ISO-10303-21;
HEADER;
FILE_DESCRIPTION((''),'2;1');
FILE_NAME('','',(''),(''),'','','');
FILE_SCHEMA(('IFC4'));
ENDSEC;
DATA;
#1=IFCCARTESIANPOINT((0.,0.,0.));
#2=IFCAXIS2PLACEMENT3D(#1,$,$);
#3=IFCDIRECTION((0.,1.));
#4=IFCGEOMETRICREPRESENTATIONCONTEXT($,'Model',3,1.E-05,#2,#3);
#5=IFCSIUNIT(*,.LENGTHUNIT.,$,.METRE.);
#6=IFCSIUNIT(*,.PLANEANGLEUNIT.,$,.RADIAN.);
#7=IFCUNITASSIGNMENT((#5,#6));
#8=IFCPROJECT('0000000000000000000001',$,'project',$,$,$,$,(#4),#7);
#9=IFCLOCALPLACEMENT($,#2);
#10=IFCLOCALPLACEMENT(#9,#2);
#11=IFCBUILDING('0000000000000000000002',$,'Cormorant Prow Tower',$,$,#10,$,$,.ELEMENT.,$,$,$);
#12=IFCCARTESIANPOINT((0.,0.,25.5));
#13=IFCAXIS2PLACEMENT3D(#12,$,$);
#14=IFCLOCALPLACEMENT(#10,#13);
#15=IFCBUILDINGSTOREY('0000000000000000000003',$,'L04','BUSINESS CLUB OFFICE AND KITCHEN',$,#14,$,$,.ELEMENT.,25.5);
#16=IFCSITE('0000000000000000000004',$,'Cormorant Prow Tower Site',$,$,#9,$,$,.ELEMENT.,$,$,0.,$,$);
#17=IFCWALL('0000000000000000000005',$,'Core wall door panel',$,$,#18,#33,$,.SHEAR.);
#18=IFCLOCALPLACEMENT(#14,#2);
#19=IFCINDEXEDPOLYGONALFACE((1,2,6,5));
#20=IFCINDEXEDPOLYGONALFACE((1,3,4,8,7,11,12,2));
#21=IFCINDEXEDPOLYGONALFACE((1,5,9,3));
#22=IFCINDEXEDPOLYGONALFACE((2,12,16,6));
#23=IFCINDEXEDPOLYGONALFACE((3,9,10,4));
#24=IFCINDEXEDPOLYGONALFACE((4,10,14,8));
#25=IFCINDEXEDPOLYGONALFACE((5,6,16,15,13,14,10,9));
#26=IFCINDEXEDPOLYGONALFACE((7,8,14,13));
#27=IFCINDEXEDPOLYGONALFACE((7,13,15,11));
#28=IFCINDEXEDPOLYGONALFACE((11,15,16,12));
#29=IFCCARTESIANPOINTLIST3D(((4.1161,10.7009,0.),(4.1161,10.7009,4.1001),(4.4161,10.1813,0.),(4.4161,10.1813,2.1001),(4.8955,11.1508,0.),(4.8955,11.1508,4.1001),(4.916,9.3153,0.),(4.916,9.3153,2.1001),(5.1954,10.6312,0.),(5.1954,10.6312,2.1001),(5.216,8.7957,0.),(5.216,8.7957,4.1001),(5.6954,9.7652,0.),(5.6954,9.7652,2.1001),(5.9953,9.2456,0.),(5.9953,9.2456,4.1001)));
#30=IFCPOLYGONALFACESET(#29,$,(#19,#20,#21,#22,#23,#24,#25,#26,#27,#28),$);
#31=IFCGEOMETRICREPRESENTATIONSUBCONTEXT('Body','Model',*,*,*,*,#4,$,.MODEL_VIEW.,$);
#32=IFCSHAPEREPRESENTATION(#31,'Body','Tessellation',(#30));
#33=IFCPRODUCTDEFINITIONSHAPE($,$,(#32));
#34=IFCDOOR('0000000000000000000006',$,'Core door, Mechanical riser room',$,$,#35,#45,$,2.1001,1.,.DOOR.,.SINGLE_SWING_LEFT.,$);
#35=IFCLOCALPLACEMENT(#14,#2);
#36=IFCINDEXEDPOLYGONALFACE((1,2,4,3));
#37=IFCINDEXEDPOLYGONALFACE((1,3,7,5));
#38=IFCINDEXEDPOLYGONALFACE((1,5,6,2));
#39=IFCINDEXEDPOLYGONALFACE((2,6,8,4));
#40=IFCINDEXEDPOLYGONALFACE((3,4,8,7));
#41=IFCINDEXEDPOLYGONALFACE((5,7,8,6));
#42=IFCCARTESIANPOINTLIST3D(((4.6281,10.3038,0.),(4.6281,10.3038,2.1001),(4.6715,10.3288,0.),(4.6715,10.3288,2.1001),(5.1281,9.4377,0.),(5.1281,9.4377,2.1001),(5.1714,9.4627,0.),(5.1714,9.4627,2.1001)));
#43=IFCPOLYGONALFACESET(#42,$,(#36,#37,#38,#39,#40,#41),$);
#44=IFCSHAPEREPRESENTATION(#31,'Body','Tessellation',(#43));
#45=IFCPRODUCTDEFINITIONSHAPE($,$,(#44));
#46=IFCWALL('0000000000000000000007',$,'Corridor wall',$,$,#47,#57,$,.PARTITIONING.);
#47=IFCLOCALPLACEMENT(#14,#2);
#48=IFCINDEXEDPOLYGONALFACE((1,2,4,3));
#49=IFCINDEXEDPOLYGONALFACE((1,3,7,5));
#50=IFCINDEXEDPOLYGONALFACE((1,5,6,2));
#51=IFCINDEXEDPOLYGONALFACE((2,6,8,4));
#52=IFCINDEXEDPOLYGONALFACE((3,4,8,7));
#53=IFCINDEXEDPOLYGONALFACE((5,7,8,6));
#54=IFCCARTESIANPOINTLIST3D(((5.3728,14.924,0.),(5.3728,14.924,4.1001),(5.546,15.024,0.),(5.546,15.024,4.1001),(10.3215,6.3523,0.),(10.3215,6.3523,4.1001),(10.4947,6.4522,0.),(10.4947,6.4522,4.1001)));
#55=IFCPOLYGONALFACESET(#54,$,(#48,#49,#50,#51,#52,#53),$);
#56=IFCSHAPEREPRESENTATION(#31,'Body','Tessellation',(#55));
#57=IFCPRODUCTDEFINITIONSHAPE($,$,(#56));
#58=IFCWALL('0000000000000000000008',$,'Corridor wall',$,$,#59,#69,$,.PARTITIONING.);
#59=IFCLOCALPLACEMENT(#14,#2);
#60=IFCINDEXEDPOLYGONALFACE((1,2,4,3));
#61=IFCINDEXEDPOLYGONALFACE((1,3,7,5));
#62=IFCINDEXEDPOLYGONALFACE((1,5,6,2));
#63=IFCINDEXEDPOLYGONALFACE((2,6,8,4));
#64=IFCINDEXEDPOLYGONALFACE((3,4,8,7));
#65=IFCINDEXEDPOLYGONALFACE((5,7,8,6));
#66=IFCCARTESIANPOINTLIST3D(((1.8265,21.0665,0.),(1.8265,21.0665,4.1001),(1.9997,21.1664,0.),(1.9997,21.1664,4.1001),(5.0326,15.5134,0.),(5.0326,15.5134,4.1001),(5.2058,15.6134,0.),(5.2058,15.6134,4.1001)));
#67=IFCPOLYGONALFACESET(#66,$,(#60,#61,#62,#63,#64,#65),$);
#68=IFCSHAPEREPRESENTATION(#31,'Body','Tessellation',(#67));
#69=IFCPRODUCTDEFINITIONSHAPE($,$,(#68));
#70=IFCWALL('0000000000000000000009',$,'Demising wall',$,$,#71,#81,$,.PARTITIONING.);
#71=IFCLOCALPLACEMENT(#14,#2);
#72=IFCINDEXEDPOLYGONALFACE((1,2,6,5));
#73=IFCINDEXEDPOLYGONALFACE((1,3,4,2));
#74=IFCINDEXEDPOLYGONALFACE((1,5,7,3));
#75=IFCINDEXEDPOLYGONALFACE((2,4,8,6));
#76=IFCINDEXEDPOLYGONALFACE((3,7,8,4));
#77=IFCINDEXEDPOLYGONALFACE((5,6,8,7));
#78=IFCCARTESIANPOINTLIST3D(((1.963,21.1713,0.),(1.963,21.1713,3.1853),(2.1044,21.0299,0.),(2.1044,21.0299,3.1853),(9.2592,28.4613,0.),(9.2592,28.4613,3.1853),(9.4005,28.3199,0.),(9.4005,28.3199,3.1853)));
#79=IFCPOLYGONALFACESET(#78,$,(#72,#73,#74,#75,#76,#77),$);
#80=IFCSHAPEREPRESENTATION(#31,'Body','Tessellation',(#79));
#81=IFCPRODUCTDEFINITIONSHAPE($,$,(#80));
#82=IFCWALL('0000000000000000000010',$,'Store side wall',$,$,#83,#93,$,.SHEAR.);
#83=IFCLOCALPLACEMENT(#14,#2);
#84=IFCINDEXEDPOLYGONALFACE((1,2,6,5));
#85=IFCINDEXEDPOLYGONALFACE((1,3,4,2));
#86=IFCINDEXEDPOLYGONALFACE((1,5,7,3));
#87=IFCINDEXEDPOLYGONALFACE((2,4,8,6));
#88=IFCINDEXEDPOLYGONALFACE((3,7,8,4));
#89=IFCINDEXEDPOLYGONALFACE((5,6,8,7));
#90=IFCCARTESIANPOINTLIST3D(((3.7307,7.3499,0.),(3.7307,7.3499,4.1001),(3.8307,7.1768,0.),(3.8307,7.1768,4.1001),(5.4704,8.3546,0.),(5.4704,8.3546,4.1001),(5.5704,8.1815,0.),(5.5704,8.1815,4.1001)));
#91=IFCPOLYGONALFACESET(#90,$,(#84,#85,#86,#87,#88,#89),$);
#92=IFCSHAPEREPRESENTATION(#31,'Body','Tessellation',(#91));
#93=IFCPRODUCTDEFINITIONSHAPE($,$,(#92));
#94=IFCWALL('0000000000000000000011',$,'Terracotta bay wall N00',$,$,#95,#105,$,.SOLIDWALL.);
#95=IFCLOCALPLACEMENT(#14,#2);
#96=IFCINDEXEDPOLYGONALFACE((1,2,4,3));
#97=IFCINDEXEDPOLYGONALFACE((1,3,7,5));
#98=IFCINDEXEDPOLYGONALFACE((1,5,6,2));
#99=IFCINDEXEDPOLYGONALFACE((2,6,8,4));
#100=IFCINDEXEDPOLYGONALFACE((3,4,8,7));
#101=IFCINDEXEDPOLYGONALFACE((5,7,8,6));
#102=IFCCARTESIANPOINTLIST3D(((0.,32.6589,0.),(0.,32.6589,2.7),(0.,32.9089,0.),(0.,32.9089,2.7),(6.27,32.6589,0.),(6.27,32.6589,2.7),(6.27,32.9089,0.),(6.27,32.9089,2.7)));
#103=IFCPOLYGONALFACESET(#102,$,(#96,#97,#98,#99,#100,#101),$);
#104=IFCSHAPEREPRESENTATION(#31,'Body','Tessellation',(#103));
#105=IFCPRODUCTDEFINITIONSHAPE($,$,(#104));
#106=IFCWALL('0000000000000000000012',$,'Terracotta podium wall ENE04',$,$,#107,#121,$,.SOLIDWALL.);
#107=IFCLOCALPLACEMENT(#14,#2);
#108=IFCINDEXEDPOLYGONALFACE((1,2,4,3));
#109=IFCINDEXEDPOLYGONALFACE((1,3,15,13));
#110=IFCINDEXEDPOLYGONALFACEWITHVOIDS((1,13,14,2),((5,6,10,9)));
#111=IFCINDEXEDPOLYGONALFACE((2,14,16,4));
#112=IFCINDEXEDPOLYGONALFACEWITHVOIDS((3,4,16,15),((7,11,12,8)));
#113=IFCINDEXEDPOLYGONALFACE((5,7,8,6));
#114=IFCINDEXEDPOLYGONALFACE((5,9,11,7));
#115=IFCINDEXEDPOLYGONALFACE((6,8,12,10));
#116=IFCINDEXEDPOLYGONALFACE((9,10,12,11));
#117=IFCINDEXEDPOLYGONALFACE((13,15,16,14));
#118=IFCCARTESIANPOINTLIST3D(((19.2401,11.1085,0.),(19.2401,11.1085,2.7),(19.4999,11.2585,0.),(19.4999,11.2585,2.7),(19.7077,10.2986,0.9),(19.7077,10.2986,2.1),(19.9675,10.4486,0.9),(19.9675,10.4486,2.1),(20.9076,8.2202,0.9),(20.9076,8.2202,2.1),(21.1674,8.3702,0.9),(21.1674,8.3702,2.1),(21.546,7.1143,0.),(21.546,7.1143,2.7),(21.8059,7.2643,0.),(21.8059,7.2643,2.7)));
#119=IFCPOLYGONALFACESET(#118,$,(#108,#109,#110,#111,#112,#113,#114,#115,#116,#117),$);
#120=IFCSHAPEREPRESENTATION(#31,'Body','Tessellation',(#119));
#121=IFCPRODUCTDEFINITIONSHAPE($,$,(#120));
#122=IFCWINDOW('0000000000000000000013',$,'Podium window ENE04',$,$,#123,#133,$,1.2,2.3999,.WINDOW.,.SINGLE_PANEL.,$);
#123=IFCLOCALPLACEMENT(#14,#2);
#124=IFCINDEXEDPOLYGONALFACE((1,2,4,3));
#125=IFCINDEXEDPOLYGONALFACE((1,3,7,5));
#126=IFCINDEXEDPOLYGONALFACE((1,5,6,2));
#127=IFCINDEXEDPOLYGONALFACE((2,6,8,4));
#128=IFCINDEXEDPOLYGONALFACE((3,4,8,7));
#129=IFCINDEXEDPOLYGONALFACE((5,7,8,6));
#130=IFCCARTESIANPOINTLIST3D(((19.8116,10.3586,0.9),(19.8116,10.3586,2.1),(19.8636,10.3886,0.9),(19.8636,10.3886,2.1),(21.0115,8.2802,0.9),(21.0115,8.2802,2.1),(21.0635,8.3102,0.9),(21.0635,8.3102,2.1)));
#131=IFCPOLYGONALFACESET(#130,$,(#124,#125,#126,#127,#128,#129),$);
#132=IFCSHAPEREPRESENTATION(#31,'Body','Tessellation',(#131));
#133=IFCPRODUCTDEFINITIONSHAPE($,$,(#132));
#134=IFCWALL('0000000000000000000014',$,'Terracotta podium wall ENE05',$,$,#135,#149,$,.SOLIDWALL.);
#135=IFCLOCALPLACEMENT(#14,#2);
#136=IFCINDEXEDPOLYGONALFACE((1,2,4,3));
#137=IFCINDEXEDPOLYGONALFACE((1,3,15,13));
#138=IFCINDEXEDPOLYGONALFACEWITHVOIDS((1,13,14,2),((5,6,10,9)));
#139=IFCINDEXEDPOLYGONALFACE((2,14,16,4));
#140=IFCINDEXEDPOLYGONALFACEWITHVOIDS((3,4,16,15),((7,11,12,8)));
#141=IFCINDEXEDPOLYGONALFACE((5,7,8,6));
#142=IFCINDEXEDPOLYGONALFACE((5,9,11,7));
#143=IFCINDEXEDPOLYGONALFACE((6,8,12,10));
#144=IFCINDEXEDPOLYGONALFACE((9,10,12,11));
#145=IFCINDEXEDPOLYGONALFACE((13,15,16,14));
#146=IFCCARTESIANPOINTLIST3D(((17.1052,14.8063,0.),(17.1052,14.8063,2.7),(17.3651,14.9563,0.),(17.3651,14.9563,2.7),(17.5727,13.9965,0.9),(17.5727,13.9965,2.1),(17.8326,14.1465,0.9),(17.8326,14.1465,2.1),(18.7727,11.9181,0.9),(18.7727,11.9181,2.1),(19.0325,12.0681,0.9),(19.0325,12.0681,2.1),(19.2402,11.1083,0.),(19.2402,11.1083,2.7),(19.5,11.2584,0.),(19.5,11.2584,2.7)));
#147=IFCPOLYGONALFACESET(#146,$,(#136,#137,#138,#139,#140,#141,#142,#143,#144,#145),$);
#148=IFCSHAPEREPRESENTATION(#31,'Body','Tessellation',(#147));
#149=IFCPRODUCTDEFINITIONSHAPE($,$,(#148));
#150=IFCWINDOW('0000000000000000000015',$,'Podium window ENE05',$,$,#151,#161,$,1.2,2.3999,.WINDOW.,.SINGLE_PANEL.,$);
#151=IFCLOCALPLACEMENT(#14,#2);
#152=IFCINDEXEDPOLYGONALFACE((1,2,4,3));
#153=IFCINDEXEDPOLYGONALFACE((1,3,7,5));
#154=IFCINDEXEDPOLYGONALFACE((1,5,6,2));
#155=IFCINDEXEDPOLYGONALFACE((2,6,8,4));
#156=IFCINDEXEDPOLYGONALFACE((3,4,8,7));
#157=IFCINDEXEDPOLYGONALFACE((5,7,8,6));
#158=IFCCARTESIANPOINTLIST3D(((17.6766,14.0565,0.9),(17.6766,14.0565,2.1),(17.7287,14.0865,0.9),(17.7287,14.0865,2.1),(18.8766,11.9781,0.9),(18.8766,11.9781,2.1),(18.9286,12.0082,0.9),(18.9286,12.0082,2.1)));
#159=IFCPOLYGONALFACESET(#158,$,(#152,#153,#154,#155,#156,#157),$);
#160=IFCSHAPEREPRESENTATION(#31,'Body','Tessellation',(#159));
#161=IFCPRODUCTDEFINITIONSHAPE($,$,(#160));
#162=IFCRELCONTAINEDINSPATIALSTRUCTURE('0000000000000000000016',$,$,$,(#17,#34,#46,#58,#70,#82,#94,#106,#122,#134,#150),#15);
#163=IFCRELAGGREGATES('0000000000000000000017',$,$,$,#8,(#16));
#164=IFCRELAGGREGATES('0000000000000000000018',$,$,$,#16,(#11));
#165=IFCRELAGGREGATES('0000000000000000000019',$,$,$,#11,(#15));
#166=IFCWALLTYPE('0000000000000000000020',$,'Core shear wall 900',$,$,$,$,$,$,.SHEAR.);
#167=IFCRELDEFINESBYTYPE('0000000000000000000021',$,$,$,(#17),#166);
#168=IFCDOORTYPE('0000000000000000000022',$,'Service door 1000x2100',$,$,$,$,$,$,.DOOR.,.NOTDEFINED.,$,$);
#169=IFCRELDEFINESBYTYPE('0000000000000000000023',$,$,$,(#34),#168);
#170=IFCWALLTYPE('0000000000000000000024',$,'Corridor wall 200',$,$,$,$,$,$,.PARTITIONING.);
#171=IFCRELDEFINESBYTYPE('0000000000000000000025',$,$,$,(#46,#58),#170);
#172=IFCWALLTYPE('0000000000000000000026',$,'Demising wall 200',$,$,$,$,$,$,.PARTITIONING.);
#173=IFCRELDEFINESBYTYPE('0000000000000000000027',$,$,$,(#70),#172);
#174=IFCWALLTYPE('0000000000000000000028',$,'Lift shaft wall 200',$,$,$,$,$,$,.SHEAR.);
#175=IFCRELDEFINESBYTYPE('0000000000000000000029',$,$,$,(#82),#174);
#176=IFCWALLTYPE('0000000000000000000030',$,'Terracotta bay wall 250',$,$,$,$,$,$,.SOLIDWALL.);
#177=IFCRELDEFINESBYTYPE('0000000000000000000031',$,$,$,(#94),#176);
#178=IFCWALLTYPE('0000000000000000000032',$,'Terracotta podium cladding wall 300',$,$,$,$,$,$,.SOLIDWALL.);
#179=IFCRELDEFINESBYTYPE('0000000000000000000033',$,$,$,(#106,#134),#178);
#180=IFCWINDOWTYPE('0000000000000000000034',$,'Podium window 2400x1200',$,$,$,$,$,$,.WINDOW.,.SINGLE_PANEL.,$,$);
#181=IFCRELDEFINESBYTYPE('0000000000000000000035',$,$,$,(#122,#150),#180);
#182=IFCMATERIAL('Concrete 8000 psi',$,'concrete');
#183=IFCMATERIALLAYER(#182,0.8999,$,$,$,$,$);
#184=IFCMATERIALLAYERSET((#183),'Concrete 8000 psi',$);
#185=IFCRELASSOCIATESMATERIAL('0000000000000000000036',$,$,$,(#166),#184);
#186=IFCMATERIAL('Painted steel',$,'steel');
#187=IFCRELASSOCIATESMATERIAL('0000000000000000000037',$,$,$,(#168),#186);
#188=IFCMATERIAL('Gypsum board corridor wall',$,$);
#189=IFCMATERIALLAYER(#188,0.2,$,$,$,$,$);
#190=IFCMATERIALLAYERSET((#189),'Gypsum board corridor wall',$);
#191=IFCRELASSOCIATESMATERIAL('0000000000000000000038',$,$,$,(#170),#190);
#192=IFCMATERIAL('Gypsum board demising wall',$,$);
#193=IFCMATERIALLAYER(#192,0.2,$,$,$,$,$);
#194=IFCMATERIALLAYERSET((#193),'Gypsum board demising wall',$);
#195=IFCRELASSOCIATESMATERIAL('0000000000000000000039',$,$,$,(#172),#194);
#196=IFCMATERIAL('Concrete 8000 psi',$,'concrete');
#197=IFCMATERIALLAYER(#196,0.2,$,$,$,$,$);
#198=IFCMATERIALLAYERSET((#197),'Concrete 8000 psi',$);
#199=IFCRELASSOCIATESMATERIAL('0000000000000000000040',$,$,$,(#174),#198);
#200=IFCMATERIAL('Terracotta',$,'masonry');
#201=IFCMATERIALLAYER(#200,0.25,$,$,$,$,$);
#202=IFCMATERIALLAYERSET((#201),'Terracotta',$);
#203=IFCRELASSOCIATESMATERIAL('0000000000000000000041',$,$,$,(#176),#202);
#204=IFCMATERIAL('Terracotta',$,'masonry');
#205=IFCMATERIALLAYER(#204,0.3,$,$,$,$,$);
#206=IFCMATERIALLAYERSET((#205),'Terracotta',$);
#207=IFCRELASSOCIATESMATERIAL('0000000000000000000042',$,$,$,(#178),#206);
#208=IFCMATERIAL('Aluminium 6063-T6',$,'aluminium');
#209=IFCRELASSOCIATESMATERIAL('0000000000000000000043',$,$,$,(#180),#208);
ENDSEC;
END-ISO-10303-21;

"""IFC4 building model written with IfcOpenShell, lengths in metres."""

from ifc_helpers import new_model, si_unit, direction, frame, frame_2d, origin, place, context, subcontext, project, spatial, rectangle, extrude, material, layer, layer_set, type_object, element, fill, save


model = new_model("IFC4")

# Units and contexts
model_context = context("Model", 3, precision=1e-05, world=origin(), true_north=direction((0.0, 1.0)))
body_context = subcontext(model_context, "Body", "Model", "MODEL_VIEW")
ifc_project = project(units=[si_unit("LENGTHUNIT", "METRE"), si_unit("PLANEANGLEUNIT", "RADIAN")], contexts=[model_context])

# Site, building, storey
site_placement = place(None, origin())
site = spatial("IfcSite", under=ifc_project, at=site_placement, Name="Cormorant Prow Tower Site", CompositionType="ELEMENT", RefElevation=0.0)
building_placement = place(site_placement, origin())
building = spatial("IfcBuilding", under=site, at=building_placement, Name="Cormorant Prow Tower", CompositionType="ELEMENT")
storey_placement = place(building_placement, frame((0.0, 0.0, 25.5)))
storey = spatial("IfcBuildingStorey", under=building, at=storey_placement, Name="L04", Description="BUSINESS CLUB OFFICE AND KITCHEN", CompositionType="ELEMENT", Elevation=25.5)

# Shared definitions
ifc_material_1 = material(Name="Concrete 8000 psi", Category="concrete")
ifc_layer_1 = layer(ifc_material_1, 0.8999)
ifc_layer_set_1 = layer_set([ifc_layer_1], Name="Concrete 8000 psi")
wall_type_1 = type_object("IfcWallType", Name="Core shear wall 900", PredefinedType="SHEAR", material=ifc_layer_set_1)

# Wall, opening, door
ifc_material_2 = material(Name="Painted steel", Category="steel")
door_type = type_object("IfcDoorType", Name="Service door 1000x2100", OperationType="NOTDEFINED", PredefinedType="DOOR", material=ifc_material_2)
wall_1_placement = place(storey_placement, frame((5.6057, 9.0205, 0.0), z_axis=(0.0, 0.0, 1.0), x_axis=(-0.499947, 0.866056, 0.0)))
wall_1 = element("IfcWall", 1, at=wall_1_placement, inside=storey, type_object=wall_type_1, Name="Core wall door panel", PredefinedType="SHEAR", context=body_context, shape_type="SweptSolid", body=[
    extrude(rectangle(XDim=2.2, YDim=0.8999, at=frame_2d((1.1001, 0.0))), origin(), (0.0, 0.0, 1.0), 4.1001),
])
opening_1_placement = place(wall_1_placement, frame((0.6001, 0.0, 0.0)))
opening_1 = element("IfcOpeningElement", 2, at=opening_1_placement, cuts=wall_1, PredefinedType="OPENING", context=body_context, shape_type="SweptSolid", body=[
    extrude(rectangle(XDim=1.0, YDim=2.1001, at=frame_2d((0.5, 1.05))), frame((0.0, 0.46, 0.0), z_axis=(0.0, -1.0, 0.0), x_axis=(1.0, 0.0, 0.0)), (0.0, 0.0, 1.0), 0.9199),
])
door_1_placement = place(opening_1_placement, origin())
door_1 = element("IfcDoor", 3, at=door_1_placement, inside=storey, type_object=door_type, Name="Core door, Mechanical riser room", OperationType="SINGLE_SWING_LEFT", OverallHeight=2.1001, OverallWidth=1.0, PredefinedType="DOOR", context=body_context, shape_type="SweptSolid", body=[
    extrude(rectangle(XDim=1.0, YDim=2.1001, at=frame_2d((0.5, 1.05))), frame((0.0, 0.2051, 0.0), z_axis=(0.0, -1.0, 0.0), x_axis=(1.0, 0.0, 0.0)), (0.0, 0.0, 1.0), 0.05),
])
fill(opening_1, door_1)

# Walls
ifc_material_3 = material(Name="Gypsum board corridor wall")
ifc_layer_2 = layer(ifc_material_3, 0.2)
ifc_layer_set_2 = layer_set([ifc_layer_2], Name="Gypsum board corridor wall")
wall_type_2 = type_object("IfcWallType", Name="Corridor wall 200", PredefinedType="PARTITIONING", material=ifc_layer_set_2)
wall_2_placement = place(storey_placement, frame((5.4595, 14.9739, 0.0), z_axis=(0.0, 0.0, 1.0), x_axis=(0.499986, -0.866034, 0.0)))
element("IfcWall", 4, at=wall_2_placement, inside=storey, type_object=wall_type_2, Name="Corridor wall", PredefinedType="PARTITIONING", context=body_context, shape_type="SweptSolid", body=[
    extrude(rectangle(XDim=9.8977, YDim=0.2, at=frame_2d((4.9487, 0.0))), origin(), (0.0, 0.0, 1.0), 4.1001),
])
wall_3_placement = place(storey_placement, frame((1.9131, 21.1165, 0.0), z_axis=(0.0, 0.0, 1.0), x_axis=(0.500005, -0.866023, 0.0)))
element("IfcWall", 5, at=wall_3_placement, inside=storey, type_object=wall_type_2, Name="Corridor wall", PredefinedType="PARTITIONING", context=body_context, shape_type="SweptSolid", body=[
    extrude(rectangle(XDim=6.4121, YDim=0.2, at=frame_2d((3.2061, 0.0))), origin(), (0.0, 0.0, 1.0), 4.1001),
])
ifc_material_4 = material(Name="Gypsum board demising wall")
ifc_layer_3 = layer(ifc_material_4, 0.2)
ifc_layer_set_3 = layer_set([ifc_layer_3], Name="Gypsum board demising wall")
wall_type_3 = type_object("IfcWallType", Name="Demising wall 200", PredefinedType="PARTITIONING", material=ifc_layer_set_3)
wall_4_placement = place(storey_placement, frame((2.0337, 21.1006, 0.0), z_axis=(0.0, 0.0, 1.0), x_axis=(0.707403, 0.706811, 0.0)))
element("IfcWall", 6, at=wall_4_placement, inside=storey, type_object=wall_type_3, Name="Demising wall", PredefinedType="PARTITIONING", context=body_context, shape_type="SweptSolid", body=[
    extrude(rectangle(XDim=10.314, YDim=0.2, at=frame_2d((5.157, 0.0))), origin(), (0.0, 0.0, 1.0), 3.1853),
])
ifc_material_5 = material(Name="Concrete 8000 psi", Category="concrete")
ifc_layer_4 = layer(ifc_material_5, 0.2)
ifc_layer_set_4 = layer_set([ifc_layer_4], Name="Concrete 8000 psi")
wall_type_4 = type_object("IfcWallType", Name="Lift shaft wall 200", PredefinedType="SHEAR", material=ifc_layer_set_4)
wall_5_placement = place(storey_placement, frame((3.7808, 7.2634, 0.0), z_axis=(0.0, 0.0, 1.0), x_axis=(0.865983, 0.500073, 0.0)))
element("IfcWall", 7, at=wall_5_placement, inside=storey, type_object=wall_type_4, Name="Store side wall", PredefinedType="SHEAR", context=body_context, shape_type="SweptSolid", body=[
    extrude(rectangle(XDim=2.009, YDim=0.2, at=frame_2d((1.0044, 0.0))), origin(), (0.0, 0.0, 1.0), 4.1001),
])
ifc_material_6 = material(Name="Terracotta", Category="masonry")
ifc_layer_5 = layer(ifc_material_6, 0.25)
ifc_layer_set_5 = layer_set([ifc_layer_5], Name="Terracotta")
wall_type_5 = type_object("IfcWallType", Name="Terracotta bay wall 250", PredefinedType="SOLIDWALL", material=ifc_layer_set_5)
wall_6_placement = place(storey_placement, frame((6.27, 32.7839, 0.0), z_axis=(0.0, 0.0, 1.0), x_axis=(-1.0, 0.0, 0.0)))
element("IfcWall", 8, at=wall_6_placement, inside=storey, type_object=wall_type_5, Name="Terracotta bay wall N00", PredefinedType="SOLIDWALL", context=body_context, shape_type="SweptSolid", body=[
    extrude(rectangle(XDim=6.27, YDim=0.25, at=frame_2d((3.135, 0.0))), origin(), (0.0, 0.0, 1.0), 2.7),
])

# Walls, openings, windows
ifc_material_7 = material(Name="Terracotta", Category="masonry")
ifc_layer_6 = layer(ifc_material_7, 0.3)
ifc_layer_set_6 = layer_set([ifc_layer_6], Name="Terracotta")
wall_type_6 = type_object("IfcWallType", Name="Terracotta podium cladding wall 300", PredefinedType="SOLIDWALL", material=ifc_layer_set_6)
wall_7_placement = place(storey_placement, frame((21.676, 7.1892, 0.0), z_axis=(0.0, 0.0, 1.0), x_axis=(-0.499982, 0.866036, 0.0)))
wall_7 = element("IfcWall", 9, at=wall_7_placement, inside=storey, type_object=wall_type_6, Name="Terracotta podium wall ENE04", PredefinedType="SOLIDWALL", context=body_context, shape_type="SweptSolid", body=[
    extrude(rectangle(XDim=4.6121, YDim=0.3, at=frame_2d((2.3062, 0.0))), origin(), (0.0, 0.0, 1.0), 2.7),
])
opening_2_placement = place(wall_7_placement, frame((1.2771, 0.0, 0.8999)))
opening_2 = element("IfcOpeningElement", 10, at=opening_2_placement, cuts=wall_7, PredefinedType="OPENING", context=body_context, shape_type="SweptSolid", body=[
    extrude(rectangle(XDim=2.3999, YDim=1.2, at=frame_2d((1.2, 0.6001))), frame((0.0, 0.1599, 0.0), z_axis=(0.0, -1.0, 0.0), x_axis=(1.0, 0.0, 0.0)), (0.0, 0.0, 1.0), 0.3201),
])
ifc_material_8 = material(Name="Aluminium 6063-T6", Category="aluminium")
window_type = type_object("IfcWindowType", Name="Podium window 2400x1200", PartitioningType="SINGLE_PANEL", PredefinedType="WINDOW", material=ifc_material_8)
window_1_placement = place(opening_2_placement, origin())
window_1 = element("IfcWindow", 11, at=window_1_placement, inside=storey, type_object=window_type, Name="Podium window ENE04", OverallHeight=1.2, OverallWidth=2.3999, PartitioningType="SINGLE_PANEL", PredefinedType="WINDOW", context=body_context, shape_type="SweptSolid", body=[
    extrude(rectangle(XDim=2.3999, YDim=1.2, at=frame_2d((1.2, 0.6001))), frame((0.0, 0.03, 0.0), z_axis=(0.0, -1.0, 0.0), x_axis=(1.0, 0.0, 0.0)), (0.0, 0.0, 1.0), 0.0601),
])
fill(opening_2, window_1)
wall_8_placement = place(storey_placement, frame((19.3701, 11.1833, 0.0), z_axis=(0.0, 0.0, 1.0), x_axis=(-0.499995, 0.866028, 0.0)))
wall_8 = element("IfcWall", 12, at=wall_8_placement, inside=storey, type_object=wall_type_6, Name="Terracotta podium wall ENE05", PredefinedType="SOLIDWALL", context=body_context, shape_type="SweptSolid", body=[
    extrude(rectangle(XDim=4.27, YDim=0.3, at=frame_2d((2.135, 0.0))), origin(), (0.0, 0.0, 1.0), 2.7),
])
opening_3_placement = place(wall_8_placement, frame((0.9351, 0.0, 0.8999)))
opening_3 = element("IfcOpeningElement", 13, at=opening_3_placement, cuts=wall_8, PredefinedType="OPENING", context=body_context, shape_type="SweptSolid", body=[
    extrude(rectangle(XDim=2.3999, YDim=1.2, at=frame_2d((1.2, 0.6001))), frame((0.0, 0.1599, 0.0), z_axis=(0.0, -1.0, 0.0), x_axis=(1.0, 0.0, 0.0)), (0.0, 0.0, 1.0), 0.3201),
])
window_2_placement = place(opening_3_placement, origin())
window_2 = element("IfcWindow", 14, at=window_2_placement, inside=storey, type_object=window_type, Name="Podium window ENE05", OverallHeight=1.2, OverallWidth=2.3999, PartitioningType="SINGLE_PANEL", PredefinedType="WINDOW", context=body_context, shape_type="SweptSolid", body=[
    extrude(rectangle(XDim=2.3999, YDim=1.2, at=frame_2d((1.2, 0.6001))), frame((0.0, 0.03, 0.0), z_axis=(0.0, -1.0, 0.0), x_axis=(1.0, 0.0, 0.0)), (0.0, 0.0, 1.0), 0.0601),
])
fill(opening_3, window_2)

save(model, "model.ifc")
